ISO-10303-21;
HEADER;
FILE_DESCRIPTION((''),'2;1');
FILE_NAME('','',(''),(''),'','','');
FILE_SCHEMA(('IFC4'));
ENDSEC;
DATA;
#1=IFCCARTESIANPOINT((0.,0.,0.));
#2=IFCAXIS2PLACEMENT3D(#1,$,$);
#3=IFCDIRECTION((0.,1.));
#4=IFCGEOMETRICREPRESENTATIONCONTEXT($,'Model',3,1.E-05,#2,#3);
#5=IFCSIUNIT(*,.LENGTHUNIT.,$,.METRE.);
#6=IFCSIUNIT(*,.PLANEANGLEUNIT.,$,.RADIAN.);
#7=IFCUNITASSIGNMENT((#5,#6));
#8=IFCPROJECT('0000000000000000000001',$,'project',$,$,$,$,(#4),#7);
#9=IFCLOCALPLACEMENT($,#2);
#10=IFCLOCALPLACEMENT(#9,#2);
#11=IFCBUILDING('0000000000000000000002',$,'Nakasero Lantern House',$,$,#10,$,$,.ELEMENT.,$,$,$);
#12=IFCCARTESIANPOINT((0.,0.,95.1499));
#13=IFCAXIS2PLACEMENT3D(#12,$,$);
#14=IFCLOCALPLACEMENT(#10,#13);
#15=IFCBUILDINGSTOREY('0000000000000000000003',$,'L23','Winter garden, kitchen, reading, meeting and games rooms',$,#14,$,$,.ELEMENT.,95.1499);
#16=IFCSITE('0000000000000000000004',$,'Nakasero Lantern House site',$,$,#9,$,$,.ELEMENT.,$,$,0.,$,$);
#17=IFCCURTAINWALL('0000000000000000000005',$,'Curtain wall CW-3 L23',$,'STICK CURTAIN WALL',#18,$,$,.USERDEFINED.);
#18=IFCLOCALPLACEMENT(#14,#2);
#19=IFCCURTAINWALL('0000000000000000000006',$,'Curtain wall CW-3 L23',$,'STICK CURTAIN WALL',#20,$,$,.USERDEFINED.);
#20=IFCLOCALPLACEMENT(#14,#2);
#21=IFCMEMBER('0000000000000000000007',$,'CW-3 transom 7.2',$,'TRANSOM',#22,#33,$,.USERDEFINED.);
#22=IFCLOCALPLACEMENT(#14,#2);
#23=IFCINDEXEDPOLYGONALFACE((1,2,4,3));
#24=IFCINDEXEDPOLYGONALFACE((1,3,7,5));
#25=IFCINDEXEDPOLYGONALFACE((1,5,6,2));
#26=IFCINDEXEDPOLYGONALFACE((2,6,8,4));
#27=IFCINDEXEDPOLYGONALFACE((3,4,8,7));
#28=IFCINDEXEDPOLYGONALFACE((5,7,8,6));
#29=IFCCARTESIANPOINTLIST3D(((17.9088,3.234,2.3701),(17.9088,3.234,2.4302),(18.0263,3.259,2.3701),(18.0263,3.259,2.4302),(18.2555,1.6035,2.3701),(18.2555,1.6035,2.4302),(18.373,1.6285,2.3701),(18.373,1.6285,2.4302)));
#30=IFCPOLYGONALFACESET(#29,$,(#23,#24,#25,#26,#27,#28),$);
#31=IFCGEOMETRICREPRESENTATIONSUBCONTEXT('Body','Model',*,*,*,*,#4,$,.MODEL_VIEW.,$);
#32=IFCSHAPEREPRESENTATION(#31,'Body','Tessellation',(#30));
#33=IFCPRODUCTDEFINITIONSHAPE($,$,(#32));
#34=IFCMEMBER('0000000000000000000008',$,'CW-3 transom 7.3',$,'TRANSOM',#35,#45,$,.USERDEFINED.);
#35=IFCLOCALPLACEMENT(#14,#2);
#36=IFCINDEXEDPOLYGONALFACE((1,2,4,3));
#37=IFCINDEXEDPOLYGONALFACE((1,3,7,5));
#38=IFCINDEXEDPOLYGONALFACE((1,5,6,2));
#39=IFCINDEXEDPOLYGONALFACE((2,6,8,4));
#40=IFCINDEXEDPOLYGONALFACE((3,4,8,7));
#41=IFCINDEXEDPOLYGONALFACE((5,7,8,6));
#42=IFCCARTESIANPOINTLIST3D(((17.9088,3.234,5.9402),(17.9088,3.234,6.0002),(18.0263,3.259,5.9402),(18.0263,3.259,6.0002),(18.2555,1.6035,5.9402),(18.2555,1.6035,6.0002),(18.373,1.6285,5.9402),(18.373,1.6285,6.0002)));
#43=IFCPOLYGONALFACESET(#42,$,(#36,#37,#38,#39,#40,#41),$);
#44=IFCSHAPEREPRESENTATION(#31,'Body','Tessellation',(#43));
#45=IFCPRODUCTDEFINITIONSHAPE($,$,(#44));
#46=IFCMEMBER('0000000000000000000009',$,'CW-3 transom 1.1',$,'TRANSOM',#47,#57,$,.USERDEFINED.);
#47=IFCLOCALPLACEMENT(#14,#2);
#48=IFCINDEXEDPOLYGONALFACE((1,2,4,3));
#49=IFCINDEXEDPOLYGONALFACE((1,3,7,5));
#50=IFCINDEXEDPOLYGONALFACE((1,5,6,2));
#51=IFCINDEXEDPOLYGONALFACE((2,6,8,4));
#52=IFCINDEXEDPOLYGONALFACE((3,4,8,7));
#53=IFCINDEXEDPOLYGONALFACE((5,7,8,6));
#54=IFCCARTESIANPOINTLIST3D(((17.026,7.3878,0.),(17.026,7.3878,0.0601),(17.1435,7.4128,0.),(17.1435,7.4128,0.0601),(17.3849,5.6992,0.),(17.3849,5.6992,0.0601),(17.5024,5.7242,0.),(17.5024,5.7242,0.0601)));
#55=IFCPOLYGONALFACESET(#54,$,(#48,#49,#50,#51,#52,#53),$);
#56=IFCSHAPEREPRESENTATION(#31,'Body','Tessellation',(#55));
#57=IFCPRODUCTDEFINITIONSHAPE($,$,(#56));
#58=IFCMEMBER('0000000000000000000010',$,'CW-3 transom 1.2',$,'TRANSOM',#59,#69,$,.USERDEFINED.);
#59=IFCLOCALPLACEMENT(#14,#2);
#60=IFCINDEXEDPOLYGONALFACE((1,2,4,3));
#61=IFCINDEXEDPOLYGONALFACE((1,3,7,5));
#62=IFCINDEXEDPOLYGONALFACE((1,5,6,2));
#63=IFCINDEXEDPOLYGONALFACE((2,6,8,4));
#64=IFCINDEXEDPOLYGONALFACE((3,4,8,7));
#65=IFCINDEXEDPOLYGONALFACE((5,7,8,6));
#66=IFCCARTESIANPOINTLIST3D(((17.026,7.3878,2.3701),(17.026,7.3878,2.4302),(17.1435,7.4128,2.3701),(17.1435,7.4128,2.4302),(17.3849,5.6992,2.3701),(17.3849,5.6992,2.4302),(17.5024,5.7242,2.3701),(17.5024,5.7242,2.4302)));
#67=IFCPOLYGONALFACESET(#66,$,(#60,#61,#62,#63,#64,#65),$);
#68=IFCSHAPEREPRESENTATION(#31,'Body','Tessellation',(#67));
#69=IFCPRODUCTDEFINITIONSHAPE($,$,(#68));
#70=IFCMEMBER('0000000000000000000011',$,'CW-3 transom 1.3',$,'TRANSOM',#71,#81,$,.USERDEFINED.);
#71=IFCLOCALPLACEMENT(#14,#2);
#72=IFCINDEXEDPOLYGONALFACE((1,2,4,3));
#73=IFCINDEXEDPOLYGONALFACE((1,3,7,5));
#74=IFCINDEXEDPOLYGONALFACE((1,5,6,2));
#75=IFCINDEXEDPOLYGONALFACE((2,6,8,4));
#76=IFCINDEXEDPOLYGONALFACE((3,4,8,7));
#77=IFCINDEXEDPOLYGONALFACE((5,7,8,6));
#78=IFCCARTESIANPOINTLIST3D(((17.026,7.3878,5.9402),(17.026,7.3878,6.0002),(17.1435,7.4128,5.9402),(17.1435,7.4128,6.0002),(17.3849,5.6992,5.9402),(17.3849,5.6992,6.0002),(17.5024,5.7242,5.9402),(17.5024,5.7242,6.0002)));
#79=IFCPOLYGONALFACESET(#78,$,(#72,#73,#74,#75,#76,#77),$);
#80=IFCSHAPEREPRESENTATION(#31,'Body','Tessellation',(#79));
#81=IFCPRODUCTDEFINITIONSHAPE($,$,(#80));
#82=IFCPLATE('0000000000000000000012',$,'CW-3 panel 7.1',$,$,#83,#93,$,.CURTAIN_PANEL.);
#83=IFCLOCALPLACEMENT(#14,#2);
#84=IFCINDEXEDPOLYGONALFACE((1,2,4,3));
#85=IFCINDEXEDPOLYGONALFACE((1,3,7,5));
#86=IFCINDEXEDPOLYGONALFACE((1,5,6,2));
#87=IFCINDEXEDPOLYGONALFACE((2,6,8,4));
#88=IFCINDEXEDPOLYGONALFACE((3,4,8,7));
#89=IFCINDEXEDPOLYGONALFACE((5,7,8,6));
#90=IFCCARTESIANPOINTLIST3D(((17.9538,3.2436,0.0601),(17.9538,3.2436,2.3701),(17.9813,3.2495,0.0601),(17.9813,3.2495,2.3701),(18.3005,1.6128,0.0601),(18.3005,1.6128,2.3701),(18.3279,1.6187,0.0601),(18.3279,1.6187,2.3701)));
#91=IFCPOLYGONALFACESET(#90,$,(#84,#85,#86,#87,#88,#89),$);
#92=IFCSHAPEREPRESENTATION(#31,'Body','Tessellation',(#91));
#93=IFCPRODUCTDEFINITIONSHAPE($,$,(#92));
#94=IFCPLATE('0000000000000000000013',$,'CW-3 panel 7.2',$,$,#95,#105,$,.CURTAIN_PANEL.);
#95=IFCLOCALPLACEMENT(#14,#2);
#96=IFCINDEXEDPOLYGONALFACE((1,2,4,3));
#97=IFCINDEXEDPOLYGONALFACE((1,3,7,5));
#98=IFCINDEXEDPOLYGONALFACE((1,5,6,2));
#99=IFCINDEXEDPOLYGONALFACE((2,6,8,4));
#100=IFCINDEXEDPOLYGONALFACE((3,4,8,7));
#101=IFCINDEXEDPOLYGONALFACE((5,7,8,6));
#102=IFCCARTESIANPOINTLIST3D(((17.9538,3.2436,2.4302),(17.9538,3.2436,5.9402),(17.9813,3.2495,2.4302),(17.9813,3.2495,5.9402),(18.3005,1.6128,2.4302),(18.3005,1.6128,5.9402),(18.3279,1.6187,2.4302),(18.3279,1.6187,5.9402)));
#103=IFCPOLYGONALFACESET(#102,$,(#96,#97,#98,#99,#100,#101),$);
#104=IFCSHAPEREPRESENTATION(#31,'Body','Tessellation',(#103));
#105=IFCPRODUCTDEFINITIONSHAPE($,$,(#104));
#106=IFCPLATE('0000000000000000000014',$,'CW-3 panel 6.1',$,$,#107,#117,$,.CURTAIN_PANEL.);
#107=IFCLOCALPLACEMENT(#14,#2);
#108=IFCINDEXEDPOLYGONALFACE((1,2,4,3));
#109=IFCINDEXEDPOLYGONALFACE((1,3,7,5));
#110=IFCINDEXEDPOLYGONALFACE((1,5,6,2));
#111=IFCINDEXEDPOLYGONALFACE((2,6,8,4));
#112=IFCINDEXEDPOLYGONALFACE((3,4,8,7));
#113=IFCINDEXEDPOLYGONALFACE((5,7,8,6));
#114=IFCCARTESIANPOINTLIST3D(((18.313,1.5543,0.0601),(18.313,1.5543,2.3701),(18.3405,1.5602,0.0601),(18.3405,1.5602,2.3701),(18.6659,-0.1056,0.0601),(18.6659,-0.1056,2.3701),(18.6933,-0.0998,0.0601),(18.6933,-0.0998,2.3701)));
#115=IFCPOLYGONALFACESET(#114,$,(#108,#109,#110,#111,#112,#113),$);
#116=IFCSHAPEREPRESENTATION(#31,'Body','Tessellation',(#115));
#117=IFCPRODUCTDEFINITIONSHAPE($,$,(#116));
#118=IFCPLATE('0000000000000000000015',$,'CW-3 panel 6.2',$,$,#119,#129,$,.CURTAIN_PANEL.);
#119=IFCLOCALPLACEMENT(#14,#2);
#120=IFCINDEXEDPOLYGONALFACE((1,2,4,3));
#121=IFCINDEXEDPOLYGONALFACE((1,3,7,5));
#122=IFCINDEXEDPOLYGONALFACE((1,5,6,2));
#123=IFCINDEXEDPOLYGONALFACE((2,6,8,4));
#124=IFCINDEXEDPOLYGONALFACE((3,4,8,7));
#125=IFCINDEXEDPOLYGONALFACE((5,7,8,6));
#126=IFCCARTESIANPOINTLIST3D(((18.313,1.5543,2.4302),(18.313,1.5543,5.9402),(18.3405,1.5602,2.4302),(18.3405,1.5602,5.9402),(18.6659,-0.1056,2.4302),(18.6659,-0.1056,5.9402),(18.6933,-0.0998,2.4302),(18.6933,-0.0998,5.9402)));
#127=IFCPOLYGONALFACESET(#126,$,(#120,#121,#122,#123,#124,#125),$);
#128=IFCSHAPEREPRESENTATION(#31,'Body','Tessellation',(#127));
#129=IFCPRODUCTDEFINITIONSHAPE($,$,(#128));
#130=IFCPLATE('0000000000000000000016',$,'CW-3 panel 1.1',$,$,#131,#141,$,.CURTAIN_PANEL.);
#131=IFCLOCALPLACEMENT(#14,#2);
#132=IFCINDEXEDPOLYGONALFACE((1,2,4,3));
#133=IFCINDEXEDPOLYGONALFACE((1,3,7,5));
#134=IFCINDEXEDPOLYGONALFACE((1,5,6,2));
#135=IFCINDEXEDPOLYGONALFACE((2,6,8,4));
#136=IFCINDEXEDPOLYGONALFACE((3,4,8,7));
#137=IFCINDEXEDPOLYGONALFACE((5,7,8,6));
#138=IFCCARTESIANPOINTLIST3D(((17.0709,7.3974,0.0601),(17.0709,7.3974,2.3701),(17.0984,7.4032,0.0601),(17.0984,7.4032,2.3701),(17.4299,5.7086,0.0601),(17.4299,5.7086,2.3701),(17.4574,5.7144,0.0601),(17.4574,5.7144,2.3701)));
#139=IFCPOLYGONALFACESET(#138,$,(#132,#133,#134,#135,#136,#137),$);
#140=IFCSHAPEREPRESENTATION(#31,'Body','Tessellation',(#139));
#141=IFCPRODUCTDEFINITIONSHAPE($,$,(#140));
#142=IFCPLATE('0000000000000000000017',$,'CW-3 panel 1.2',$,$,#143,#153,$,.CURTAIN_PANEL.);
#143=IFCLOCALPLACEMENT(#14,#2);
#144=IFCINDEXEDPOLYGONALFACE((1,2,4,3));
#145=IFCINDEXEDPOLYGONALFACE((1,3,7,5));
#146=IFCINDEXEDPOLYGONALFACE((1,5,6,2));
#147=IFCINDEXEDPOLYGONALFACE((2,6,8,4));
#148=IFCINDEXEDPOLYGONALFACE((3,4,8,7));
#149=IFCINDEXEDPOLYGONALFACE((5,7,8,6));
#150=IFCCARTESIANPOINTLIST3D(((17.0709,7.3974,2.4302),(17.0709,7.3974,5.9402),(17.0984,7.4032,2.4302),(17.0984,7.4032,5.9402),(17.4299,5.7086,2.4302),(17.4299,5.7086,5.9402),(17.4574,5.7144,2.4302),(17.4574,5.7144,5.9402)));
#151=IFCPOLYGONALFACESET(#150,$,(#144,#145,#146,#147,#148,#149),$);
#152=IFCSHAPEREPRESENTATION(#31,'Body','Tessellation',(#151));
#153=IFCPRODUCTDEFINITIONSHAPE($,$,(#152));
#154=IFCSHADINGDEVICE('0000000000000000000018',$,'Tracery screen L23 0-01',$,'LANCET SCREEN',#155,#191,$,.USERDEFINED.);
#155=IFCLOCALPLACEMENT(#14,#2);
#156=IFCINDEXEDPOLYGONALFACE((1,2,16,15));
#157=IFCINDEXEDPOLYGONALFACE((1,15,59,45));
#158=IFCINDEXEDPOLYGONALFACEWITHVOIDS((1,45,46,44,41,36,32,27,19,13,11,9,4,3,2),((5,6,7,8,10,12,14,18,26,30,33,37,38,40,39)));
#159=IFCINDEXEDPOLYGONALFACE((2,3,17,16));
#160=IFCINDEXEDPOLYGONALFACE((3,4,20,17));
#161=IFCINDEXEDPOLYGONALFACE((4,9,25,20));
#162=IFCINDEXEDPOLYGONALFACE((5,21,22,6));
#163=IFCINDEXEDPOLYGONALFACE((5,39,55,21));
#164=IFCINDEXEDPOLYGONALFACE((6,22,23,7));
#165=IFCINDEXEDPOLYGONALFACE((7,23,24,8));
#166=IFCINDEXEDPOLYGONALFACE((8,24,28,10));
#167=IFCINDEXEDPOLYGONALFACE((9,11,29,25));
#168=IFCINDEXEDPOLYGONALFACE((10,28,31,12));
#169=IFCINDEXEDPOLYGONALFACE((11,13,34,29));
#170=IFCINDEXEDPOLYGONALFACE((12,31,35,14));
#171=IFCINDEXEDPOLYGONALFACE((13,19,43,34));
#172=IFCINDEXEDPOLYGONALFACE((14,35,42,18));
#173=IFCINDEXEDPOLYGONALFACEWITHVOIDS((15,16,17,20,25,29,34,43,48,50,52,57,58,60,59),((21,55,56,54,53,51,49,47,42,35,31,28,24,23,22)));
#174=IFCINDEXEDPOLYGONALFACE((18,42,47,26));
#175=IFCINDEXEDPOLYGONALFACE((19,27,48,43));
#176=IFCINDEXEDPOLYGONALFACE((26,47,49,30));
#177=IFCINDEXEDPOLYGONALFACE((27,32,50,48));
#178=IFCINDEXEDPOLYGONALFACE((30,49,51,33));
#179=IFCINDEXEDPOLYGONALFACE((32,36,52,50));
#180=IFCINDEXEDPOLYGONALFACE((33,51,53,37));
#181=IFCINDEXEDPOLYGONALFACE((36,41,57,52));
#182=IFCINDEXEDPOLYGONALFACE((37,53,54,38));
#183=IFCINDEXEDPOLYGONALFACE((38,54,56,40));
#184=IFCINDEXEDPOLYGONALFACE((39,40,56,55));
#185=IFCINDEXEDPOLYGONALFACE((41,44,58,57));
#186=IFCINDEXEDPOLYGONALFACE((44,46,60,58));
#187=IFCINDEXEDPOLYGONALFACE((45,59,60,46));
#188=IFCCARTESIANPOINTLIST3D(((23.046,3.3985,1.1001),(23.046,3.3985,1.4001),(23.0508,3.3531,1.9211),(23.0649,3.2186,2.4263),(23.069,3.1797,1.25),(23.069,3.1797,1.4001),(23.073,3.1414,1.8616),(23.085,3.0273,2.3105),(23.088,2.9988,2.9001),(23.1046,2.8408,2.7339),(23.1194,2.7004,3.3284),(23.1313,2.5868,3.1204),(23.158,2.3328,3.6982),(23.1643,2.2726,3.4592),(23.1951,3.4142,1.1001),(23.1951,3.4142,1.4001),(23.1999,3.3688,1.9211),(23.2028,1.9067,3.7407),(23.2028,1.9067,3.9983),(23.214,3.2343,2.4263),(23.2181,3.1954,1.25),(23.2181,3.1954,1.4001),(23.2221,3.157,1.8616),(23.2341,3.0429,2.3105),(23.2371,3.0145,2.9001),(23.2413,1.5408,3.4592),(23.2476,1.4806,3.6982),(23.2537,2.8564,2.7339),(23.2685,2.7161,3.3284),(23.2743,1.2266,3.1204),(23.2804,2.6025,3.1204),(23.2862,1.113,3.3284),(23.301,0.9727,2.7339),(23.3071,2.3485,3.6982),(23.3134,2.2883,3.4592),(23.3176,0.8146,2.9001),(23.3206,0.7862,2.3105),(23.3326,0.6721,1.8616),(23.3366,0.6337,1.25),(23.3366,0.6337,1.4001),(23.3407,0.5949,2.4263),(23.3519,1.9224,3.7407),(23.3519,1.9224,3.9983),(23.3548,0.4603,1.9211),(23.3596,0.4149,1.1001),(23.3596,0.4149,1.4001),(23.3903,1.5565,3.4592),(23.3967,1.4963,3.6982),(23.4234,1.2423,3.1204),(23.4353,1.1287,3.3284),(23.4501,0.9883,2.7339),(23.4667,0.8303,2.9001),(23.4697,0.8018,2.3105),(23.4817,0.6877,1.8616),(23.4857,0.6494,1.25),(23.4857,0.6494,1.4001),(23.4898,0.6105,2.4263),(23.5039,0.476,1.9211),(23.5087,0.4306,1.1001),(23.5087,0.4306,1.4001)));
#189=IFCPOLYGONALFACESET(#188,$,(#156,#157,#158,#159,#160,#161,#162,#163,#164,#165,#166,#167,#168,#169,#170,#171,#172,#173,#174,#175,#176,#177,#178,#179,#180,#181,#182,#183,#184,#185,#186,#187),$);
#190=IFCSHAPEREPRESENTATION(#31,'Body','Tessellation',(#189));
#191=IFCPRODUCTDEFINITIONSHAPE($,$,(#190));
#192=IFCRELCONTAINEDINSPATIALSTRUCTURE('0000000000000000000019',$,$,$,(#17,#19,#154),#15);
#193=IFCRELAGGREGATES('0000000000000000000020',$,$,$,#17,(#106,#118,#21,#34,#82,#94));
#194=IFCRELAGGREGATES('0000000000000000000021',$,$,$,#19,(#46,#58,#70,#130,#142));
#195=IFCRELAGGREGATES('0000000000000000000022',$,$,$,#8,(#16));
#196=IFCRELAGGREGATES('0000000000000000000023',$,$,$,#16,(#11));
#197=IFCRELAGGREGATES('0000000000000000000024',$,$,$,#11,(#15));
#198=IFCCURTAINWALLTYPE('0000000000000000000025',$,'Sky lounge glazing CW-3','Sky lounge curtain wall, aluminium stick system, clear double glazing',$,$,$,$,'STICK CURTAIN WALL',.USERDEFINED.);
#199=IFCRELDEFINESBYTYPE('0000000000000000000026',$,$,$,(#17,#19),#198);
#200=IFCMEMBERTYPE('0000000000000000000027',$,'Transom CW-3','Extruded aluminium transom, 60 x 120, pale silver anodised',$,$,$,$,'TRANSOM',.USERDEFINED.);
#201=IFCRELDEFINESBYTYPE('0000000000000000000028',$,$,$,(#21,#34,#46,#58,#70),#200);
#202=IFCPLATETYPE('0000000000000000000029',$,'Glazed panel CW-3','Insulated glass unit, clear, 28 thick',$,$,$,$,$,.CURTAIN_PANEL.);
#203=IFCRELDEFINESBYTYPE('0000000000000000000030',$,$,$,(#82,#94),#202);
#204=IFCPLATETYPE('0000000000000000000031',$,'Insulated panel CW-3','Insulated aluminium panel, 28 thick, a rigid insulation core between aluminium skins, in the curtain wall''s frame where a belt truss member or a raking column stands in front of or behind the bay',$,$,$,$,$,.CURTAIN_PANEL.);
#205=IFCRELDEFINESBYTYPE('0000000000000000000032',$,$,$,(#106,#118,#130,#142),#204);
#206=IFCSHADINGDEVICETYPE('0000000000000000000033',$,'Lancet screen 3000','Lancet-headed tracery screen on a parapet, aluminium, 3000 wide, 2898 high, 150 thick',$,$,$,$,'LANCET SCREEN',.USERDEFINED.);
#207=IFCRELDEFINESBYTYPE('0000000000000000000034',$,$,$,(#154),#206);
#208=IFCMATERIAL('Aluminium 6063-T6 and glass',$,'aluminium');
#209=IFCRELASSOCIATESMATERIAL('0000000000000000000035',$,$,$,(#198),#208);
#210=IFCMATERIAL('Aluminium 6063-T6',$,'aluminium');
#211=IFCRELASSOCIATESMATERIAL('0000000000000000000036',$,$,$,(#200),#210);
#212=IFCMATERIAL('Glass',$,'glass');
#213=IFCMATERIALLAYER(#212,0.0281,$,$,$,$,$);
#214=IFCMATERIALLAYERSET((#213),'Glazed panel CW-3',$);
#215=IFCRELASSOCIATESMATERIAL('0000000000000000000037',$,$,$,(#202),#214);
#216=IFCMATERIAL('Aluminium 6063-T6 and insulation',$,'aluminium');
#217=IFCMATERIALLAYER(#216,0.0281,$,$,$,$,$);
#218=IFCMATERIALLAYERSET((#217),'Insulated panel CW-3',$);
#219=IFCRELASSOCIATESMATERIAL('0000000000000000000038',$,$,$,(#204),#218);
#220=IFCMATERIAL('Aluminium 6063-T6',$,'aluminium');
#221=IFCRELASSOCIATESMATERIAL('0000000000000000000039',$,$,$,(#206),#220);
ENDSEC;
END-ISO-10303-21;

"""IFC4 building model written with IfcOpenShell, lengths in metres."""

from ifc_helpers import new_model, si_unit, direction, frame, origin, origin_2d, place, context, subcontext, project, spatial, polyline, rectangle, outline, extrude, material, layer, layer_set, material_profile, profile_set, type_object, element, aggregate, save


model = new_model("IFC4")

# Units and contexts
model_context = context("Model", 3, precision=1e-05, world=origin(), true_north=direction((0.0, 1.0)))
body_context = subcontext(model_context, "Body", "Model", "MODEL_VIEW")
ifc_project = project(units=[si_unit("LENGTHUNIT", "METRE"), si_unit("PLANEANGLEUNIT", "RADIAN")], contexts=[model_context])

# Site, building, storey
site_placement = place(None, origin())
site = spatial("IfcSite", under=ifc_project, at=site_placement, Name="Nakasero Lantern House site", CompositionType="ELEMENT", RefElevation=0.0)
building_placement = place(site_placement, origin())
building = spatial("IfcBuilding", under=site, at=building_placement, Name="Nakasero Lantern House", CompositionType="ELEMENT")
storey_placement = place(building_placement, frame((0.0, 0.0, 95.1499)))
storey = spatial("IfcBuildingStorey", under=building, at=storey_placement, Name="L23", Description="Winter garden, kitchen, reading, meeting and games rooms", CompositionType="ELEMENT", Elevation=95.1499)

# Curtain wall
ifc_material_1 = material(Name="Aluminium 6063-T6 and glass", Category="aluminium")
curtain_wall_type = type_object("IfcCurtainWallType", Name="Sky lounge glazing CW-3", Description="Sky lounge curtain wall, aluminium stick system, clear double glazing", ElementType="STICK CURTAIN WALL", PredefinedType="USERDEFINED", material=ifc_material_1)
curtain_wall_1_placement = place(storey_placement, origin())
curtain_wall_1 = element("IfcCurtainWall", 1, at=curtain_wall_1_placement, inside=storey, type_object=curtain_wall_type, Name="Curtain wall CW-3 L23", ObjectType="STICK CURTAIN WALL", PredefinedType="USERDEFINED")

# Curtain wall
curtain_wall_2_placement = place(storey_placement, origin())
curtain_wall_2 = element("IfcCurtainWall", 2, at=curtain_wall_2_placement, inside=storey, type_object=curtain_wall_type, Name="Curtain wall CW-3 L23", ObjectType="STICK CURTAIN WALL", PredefinedType="USERDEFINED")

# Members
ifc_material_2 = material(Name="Aluminium 6063-T6", Category="aluminium")
ifc_material_profile_1 = material_profile(ifc_material_2, rectangle(XDim=0.0601, YDim=0.1201, at=origin_2d()), Name="CW-3 transom 60x120")
ifc_profile_set_1 = profile_set([ifc_material_profile_1], Name="Aluminium 6063-T6")
member_type_1 = type_object("IfcMemberType", Name="Transom CW-3", Description="Extruded aluminium transom, 60 x 120, pale silver anodised", ElementType="TRANSOM", PredefinedType="USERDEFINED", material=ifc_profile_set_1)
member_1_placement = place(storey_placement, frame((18.3142, 1.616, 2.4001), z_axis=(-0.207959, 0.978138, 0.0), x_axis=(0.0, 0.0, 1.0)))
member_1 = element("IfcMember", 3, at=member_1_placement, type_object=member_type_1, Name="CW-3 transom 7.2", ObjectType="TRANSOM", PredefinedType="USERDEFINED", context=body_context, shape_type="SweptSolid", body=[
    extrude(rectangle(XDim=0.0601, YDim=0.1201, at=origin_2d()), origin(), (0.0, 0.0, 1.0), 1.667),
])
member_2_placement = place(storey_placement, frame((18.3142, 1.616, 5.9702), z_axis=(-0.207959, 0.978138, 0.0), x_axis=(0.0, 0.0, 1.0)))
member_2 = element("IfcMember", 4, at=member_2_placement, type_object=member_type_1, Name="CW-3 transom 7.3", ObjectType="TRANSOM", PredefinedType="USERDEFINED", context=body_context, shape_type="SweptSolid", body=[
    extrude(rectangle(XDim=0.0601, YDim=0.1201, at=origin_2d()), origin(), (0.0, 0.0, 1.0), 1.667),
])
member_3_placement = place(storey_placement, frame((17.4436, 5.7117, 0.03), z_axis=(-0.207877, 0.978155, 0.0), x_axis=(0.0, 0.0, 1.0)))
member_3 = element("IfcMember", 5, at=member_3_placement, type_object=member_type_1, Name="CW-3 transom 1.1", ObjectType="TRANSOM", PredefinedType="USERDEFINED", context=body_context, shape_type="SweptSolid", body=[
    extrude(rectangle(XDim=0.0601, YDim=0.1201, at=origin_2d()), origin(), (0.0, 0.0, 1.0), 1.7263),
])
member_4_placement = place(storey_placement, frame((17.4436, 5.7117, 2.4001), z_axis=(-0.207877, 0.978155, 0.0), x_axis=(0.0, 0.0, 1.0)))
member_4 = element("IfcMember", 6, at=member_4_placement, type_object=member_type_1, Name="CW-3 transom 1.2", ObjectType="TRANSOM", PredefinedType="USERDEFINED", context=body_context, shape_type="SweptSolid", body=[
    extrude(rectangle(XDim=0.0601, YDim=0.1201, at=origin_2d()), origin(), (0.0, 0.0, 1.0), 1.7263),
])
member_5_placement = place(storey_placement, frame((17.4436, 5.7117, 5.9702), z_axis=(-0.207877, 0.978155, 0.0), x_axis=(0.0, 0.0, 1.0)))
member_5 = element("IfcMember", 7, at=member_5_placement, type_object=member_type_1, Name="CW-3 transom 1.3", ObjectType="TRANSOM", PredefinedType="USERDEFINED", context=body_context, shape_type="SweptSolid", body=[
    extrude(rectangle(XDim=0.0601, YDim=0.1201, at=origin_2d()), origin(), (0.0, 0.0, 1.0), 1.7263),
])

# Plates
ifc_material_3 = material(Name="Glass", Category="glass")
ifc_layer_1 = layer(ifc_material_3, 0.0281)
ifc_layer_set_1 = layer_set([ifc_layer_1], Name="Glazed panel CW-3")
plate_type_1 = type_object("IfcPlateType", Name="Glazed panel CW-3", Description="Insulated glass unit, clear, 28 thick", PredefinedType="CURTAIN_PANEL", material=ifc_layer_set_1)
plate_1_placement = place(storey_placement, frame((18.1409, 2.4312, 0.0601), z_axis=(0.0, 0.0, 1.0), x_axis=(-0.207912, 0.978148, 0.0)))
plate_1 = element("IfcPlate", 8, at=plate_1_placement, type_object=plate_type_1, Name="CW-3 panel 7.1", PredefinedType="CURTAIN_PANEL", context=body_context, shape_type="SweptSolid", body=[
    extrude(rectangle(XDim=1.6672, YDim=0.0281, at=origin_2d()), origin(), (0.0, 0.0, 1.0), 2.3101),
])
plate_2_placement = place(storey_placement, frame((18.1409, 2.4312, 2.4302), z_axis=(0.0, 0.0, 1.0), x_axis=(-0.207912, 0.978148, 0.0)))
plate_2 = element("IfcPlate", 9, at=plate_2_placement, type_object=plate_type_1, Name="CW-3 panel 7.2", PredefinedType="CURTAIN_PANEL", context=body_context, shape_type="SweptSolid", body=[
    extrude(rectangle(XDim=1.6672, YDim=0.0281, at=origin_2d()), origin(), (0.0, 0.0, 1.0), 3.51),
])
ifc_material_4 = material(Name="Aluminium 6063-T6 and insulation", Category="aluminium")
ifc_layer_2 = layer(ifc_material_4, 0.0281)
ifc_layer_set_2 = layer_set([ifc_layer_2], Name="Insulated panel CW-3")
plate_type_2 = type_object("IfcPlateType", Name="Insulated panel CW-3", Description="Insulated aluminium panel, 28 thick, a rigid insulation core between aluminium skins, in the curtain wall's frame where a belt truss member or a raking column stands in front of or behind the bay", PredefinedType="CURTAIN_PANEL", material=ifc_layer_set_2)
plate_3_placement = place(storey_placement, frame((18.5032, 0.7273, 0.0601), z_axis=(0.0, 0.0, 1.0), x_axis=(-0.207912, 0.978148, 0.0)))
plate_3 = element("IfcPlate", 10, at=plate_3_placement, type_object=plate_type_2, Name="CW-3 panel 6.1", PredefinedType="CURTAIN_PANEL", context=body_context, shape_type="SweptSolid", body=[
    extrude(rectangle(XDim=1.697, YDim=0.0281, at=origin_2d()), origin(), (0.0, 0.0, 1.0), 2.3101),
])
plate_4_placement = place(storey_placement, frame((18.5032, 0.7273, 2.4302), z_axis=(0.0, 0.0, 1.0), x_axis=(-0.207912, 0.978148, 0.0)))
plate_4 = element("IfcPlate", 11, at=plate_4_placement, type_object=plate_type_2, Name="CW-3 panel 6.2", PredefinedType="CURTAIN_PANEL", context=body_context, shape_type="SweptSolid", body=[
    extrude(rectangle(XDim=1.697, YDim=0.0281, at=origin_2d()), origin(), (0.0, 0.0, 1.0), 3.51),
])
aggregate(curtain_wall_1, [plate_3, plate_4, member_1, member_2, plate_1, plate_2])
plate_5_placement = place(storey_placement, frame((17.2642, 6.5559, 0.0601), z_axis=(0.0, 0.0, 1.0), x_axis=(-0.207912, 0.978148, 0.0)))
plate_5 = element("IfcPlate", 12, at=plate_5_placement, type_object=plate_type_2, Name="CW-3 panel 1.1", PredefinedType="CURTAIN_PANEL", context=body_context, shape_type="SweptSolid", body=[
    extrude(rectangle(XDim=1.7266, YDim=0.0281, at=origin_2d()), origin(), (0.0, 0.0, 1.0), 2.3101),
])
plate_6_placement = place(storey_placement, frame((17.2642, 6.5559, 2.4302), z_axis=(0.0, 0.0, 1.0), x_axis=(-0.207912, 0.978148, 0.0)))
plate_6 = element("IfcPlate", 13, at=plate_6_placement, type_object=plate_type_2, Name="CW-3 panel 1.2", PredefinedType="CURTAIN_PANEL", context=body_context, shape_type="SweptSolid", body=[
    extrude(rectangle(XDim=1.7266, YDim=0.0281, at=origin_2d()), origin(), (0.0, 0.0, 1.0), 3.51),
])
aggregate(curtain_wall_2, [member_3, member_4, member_5, plate_5, plate_6])

# Shading device
ifc_material_5 = material(Name="Aluminium 6063-T6", Category="aluminium")
shading_device_type = type_object("IfcShadingDeviceType", Name="Lancet screen 3000", Description="Lancet-headed tracery screen on a parapet, aluminium, 3000 wide, 2898 high, 150 thick", ElementType="LANCET SCREEN", PredefinedType="USERDEFINED", material=ifc_material_5)
shading_device_placement = place(storey_placement, frame((23.2773, 1.9146, 1.1001), z_axis=(0.0, 0.0, 1.0), x_axis=(-0.104528, 0.994522, 0.0)))
element("IfcShadingDevice", 14, at=shading_device_placement, inside=storey, type_object=shading_device_type, Name="Tracery screen L23 0-01", ObjectType="LANCET SCREEN", PredefinedType="USERDEFINED", context=body_context, shape_type="SweptSolid", body=[
    extrude(outline(polyline([(-1.5, 0.0), (1.5, 0.0), (1.5, 0.3), (1.4543, 0.821), (1.3191, 1.3262), (1.0981, 1.8), (0.7981, 2.2283), (0.4285, 2.5981), (0.0, 2.8982), (-0.4285, 2.5981), (-0.7981, 2.2283), (-1.0981, 1.8), (-1.3191, 1.3262), (-1.4543, 0.821), (-1.5, 0.3), (-1.5, 0.0)]), holes=[polyline([(-1.28, 0.1499), (1.28, 0.1499), (1.28, 0.3), (1.2415, 0.7615), (1.1267, 1.2104), (0.9392, 1.6338), (0.6838, 2.0203), (0.3679, 2.3591), (0.0, 2.6406), (-0.3679, 2.3591), (-0.6838, 2.0203), (-0.9392, 1.6338), (-1.1267, 1.2104), (-1.2415, 0.7615), (-1.28, 0.3), (-1.28, 0.1499)])]), frame((0.0, 0.075, 0.0), z_axis=(0.0, -1.0, 0.0), x_axis=(1.0, 0.0, 0.0)), (0.0, 0.0, 1.0), 0.1499),
])

save(model, "model.ifc")
